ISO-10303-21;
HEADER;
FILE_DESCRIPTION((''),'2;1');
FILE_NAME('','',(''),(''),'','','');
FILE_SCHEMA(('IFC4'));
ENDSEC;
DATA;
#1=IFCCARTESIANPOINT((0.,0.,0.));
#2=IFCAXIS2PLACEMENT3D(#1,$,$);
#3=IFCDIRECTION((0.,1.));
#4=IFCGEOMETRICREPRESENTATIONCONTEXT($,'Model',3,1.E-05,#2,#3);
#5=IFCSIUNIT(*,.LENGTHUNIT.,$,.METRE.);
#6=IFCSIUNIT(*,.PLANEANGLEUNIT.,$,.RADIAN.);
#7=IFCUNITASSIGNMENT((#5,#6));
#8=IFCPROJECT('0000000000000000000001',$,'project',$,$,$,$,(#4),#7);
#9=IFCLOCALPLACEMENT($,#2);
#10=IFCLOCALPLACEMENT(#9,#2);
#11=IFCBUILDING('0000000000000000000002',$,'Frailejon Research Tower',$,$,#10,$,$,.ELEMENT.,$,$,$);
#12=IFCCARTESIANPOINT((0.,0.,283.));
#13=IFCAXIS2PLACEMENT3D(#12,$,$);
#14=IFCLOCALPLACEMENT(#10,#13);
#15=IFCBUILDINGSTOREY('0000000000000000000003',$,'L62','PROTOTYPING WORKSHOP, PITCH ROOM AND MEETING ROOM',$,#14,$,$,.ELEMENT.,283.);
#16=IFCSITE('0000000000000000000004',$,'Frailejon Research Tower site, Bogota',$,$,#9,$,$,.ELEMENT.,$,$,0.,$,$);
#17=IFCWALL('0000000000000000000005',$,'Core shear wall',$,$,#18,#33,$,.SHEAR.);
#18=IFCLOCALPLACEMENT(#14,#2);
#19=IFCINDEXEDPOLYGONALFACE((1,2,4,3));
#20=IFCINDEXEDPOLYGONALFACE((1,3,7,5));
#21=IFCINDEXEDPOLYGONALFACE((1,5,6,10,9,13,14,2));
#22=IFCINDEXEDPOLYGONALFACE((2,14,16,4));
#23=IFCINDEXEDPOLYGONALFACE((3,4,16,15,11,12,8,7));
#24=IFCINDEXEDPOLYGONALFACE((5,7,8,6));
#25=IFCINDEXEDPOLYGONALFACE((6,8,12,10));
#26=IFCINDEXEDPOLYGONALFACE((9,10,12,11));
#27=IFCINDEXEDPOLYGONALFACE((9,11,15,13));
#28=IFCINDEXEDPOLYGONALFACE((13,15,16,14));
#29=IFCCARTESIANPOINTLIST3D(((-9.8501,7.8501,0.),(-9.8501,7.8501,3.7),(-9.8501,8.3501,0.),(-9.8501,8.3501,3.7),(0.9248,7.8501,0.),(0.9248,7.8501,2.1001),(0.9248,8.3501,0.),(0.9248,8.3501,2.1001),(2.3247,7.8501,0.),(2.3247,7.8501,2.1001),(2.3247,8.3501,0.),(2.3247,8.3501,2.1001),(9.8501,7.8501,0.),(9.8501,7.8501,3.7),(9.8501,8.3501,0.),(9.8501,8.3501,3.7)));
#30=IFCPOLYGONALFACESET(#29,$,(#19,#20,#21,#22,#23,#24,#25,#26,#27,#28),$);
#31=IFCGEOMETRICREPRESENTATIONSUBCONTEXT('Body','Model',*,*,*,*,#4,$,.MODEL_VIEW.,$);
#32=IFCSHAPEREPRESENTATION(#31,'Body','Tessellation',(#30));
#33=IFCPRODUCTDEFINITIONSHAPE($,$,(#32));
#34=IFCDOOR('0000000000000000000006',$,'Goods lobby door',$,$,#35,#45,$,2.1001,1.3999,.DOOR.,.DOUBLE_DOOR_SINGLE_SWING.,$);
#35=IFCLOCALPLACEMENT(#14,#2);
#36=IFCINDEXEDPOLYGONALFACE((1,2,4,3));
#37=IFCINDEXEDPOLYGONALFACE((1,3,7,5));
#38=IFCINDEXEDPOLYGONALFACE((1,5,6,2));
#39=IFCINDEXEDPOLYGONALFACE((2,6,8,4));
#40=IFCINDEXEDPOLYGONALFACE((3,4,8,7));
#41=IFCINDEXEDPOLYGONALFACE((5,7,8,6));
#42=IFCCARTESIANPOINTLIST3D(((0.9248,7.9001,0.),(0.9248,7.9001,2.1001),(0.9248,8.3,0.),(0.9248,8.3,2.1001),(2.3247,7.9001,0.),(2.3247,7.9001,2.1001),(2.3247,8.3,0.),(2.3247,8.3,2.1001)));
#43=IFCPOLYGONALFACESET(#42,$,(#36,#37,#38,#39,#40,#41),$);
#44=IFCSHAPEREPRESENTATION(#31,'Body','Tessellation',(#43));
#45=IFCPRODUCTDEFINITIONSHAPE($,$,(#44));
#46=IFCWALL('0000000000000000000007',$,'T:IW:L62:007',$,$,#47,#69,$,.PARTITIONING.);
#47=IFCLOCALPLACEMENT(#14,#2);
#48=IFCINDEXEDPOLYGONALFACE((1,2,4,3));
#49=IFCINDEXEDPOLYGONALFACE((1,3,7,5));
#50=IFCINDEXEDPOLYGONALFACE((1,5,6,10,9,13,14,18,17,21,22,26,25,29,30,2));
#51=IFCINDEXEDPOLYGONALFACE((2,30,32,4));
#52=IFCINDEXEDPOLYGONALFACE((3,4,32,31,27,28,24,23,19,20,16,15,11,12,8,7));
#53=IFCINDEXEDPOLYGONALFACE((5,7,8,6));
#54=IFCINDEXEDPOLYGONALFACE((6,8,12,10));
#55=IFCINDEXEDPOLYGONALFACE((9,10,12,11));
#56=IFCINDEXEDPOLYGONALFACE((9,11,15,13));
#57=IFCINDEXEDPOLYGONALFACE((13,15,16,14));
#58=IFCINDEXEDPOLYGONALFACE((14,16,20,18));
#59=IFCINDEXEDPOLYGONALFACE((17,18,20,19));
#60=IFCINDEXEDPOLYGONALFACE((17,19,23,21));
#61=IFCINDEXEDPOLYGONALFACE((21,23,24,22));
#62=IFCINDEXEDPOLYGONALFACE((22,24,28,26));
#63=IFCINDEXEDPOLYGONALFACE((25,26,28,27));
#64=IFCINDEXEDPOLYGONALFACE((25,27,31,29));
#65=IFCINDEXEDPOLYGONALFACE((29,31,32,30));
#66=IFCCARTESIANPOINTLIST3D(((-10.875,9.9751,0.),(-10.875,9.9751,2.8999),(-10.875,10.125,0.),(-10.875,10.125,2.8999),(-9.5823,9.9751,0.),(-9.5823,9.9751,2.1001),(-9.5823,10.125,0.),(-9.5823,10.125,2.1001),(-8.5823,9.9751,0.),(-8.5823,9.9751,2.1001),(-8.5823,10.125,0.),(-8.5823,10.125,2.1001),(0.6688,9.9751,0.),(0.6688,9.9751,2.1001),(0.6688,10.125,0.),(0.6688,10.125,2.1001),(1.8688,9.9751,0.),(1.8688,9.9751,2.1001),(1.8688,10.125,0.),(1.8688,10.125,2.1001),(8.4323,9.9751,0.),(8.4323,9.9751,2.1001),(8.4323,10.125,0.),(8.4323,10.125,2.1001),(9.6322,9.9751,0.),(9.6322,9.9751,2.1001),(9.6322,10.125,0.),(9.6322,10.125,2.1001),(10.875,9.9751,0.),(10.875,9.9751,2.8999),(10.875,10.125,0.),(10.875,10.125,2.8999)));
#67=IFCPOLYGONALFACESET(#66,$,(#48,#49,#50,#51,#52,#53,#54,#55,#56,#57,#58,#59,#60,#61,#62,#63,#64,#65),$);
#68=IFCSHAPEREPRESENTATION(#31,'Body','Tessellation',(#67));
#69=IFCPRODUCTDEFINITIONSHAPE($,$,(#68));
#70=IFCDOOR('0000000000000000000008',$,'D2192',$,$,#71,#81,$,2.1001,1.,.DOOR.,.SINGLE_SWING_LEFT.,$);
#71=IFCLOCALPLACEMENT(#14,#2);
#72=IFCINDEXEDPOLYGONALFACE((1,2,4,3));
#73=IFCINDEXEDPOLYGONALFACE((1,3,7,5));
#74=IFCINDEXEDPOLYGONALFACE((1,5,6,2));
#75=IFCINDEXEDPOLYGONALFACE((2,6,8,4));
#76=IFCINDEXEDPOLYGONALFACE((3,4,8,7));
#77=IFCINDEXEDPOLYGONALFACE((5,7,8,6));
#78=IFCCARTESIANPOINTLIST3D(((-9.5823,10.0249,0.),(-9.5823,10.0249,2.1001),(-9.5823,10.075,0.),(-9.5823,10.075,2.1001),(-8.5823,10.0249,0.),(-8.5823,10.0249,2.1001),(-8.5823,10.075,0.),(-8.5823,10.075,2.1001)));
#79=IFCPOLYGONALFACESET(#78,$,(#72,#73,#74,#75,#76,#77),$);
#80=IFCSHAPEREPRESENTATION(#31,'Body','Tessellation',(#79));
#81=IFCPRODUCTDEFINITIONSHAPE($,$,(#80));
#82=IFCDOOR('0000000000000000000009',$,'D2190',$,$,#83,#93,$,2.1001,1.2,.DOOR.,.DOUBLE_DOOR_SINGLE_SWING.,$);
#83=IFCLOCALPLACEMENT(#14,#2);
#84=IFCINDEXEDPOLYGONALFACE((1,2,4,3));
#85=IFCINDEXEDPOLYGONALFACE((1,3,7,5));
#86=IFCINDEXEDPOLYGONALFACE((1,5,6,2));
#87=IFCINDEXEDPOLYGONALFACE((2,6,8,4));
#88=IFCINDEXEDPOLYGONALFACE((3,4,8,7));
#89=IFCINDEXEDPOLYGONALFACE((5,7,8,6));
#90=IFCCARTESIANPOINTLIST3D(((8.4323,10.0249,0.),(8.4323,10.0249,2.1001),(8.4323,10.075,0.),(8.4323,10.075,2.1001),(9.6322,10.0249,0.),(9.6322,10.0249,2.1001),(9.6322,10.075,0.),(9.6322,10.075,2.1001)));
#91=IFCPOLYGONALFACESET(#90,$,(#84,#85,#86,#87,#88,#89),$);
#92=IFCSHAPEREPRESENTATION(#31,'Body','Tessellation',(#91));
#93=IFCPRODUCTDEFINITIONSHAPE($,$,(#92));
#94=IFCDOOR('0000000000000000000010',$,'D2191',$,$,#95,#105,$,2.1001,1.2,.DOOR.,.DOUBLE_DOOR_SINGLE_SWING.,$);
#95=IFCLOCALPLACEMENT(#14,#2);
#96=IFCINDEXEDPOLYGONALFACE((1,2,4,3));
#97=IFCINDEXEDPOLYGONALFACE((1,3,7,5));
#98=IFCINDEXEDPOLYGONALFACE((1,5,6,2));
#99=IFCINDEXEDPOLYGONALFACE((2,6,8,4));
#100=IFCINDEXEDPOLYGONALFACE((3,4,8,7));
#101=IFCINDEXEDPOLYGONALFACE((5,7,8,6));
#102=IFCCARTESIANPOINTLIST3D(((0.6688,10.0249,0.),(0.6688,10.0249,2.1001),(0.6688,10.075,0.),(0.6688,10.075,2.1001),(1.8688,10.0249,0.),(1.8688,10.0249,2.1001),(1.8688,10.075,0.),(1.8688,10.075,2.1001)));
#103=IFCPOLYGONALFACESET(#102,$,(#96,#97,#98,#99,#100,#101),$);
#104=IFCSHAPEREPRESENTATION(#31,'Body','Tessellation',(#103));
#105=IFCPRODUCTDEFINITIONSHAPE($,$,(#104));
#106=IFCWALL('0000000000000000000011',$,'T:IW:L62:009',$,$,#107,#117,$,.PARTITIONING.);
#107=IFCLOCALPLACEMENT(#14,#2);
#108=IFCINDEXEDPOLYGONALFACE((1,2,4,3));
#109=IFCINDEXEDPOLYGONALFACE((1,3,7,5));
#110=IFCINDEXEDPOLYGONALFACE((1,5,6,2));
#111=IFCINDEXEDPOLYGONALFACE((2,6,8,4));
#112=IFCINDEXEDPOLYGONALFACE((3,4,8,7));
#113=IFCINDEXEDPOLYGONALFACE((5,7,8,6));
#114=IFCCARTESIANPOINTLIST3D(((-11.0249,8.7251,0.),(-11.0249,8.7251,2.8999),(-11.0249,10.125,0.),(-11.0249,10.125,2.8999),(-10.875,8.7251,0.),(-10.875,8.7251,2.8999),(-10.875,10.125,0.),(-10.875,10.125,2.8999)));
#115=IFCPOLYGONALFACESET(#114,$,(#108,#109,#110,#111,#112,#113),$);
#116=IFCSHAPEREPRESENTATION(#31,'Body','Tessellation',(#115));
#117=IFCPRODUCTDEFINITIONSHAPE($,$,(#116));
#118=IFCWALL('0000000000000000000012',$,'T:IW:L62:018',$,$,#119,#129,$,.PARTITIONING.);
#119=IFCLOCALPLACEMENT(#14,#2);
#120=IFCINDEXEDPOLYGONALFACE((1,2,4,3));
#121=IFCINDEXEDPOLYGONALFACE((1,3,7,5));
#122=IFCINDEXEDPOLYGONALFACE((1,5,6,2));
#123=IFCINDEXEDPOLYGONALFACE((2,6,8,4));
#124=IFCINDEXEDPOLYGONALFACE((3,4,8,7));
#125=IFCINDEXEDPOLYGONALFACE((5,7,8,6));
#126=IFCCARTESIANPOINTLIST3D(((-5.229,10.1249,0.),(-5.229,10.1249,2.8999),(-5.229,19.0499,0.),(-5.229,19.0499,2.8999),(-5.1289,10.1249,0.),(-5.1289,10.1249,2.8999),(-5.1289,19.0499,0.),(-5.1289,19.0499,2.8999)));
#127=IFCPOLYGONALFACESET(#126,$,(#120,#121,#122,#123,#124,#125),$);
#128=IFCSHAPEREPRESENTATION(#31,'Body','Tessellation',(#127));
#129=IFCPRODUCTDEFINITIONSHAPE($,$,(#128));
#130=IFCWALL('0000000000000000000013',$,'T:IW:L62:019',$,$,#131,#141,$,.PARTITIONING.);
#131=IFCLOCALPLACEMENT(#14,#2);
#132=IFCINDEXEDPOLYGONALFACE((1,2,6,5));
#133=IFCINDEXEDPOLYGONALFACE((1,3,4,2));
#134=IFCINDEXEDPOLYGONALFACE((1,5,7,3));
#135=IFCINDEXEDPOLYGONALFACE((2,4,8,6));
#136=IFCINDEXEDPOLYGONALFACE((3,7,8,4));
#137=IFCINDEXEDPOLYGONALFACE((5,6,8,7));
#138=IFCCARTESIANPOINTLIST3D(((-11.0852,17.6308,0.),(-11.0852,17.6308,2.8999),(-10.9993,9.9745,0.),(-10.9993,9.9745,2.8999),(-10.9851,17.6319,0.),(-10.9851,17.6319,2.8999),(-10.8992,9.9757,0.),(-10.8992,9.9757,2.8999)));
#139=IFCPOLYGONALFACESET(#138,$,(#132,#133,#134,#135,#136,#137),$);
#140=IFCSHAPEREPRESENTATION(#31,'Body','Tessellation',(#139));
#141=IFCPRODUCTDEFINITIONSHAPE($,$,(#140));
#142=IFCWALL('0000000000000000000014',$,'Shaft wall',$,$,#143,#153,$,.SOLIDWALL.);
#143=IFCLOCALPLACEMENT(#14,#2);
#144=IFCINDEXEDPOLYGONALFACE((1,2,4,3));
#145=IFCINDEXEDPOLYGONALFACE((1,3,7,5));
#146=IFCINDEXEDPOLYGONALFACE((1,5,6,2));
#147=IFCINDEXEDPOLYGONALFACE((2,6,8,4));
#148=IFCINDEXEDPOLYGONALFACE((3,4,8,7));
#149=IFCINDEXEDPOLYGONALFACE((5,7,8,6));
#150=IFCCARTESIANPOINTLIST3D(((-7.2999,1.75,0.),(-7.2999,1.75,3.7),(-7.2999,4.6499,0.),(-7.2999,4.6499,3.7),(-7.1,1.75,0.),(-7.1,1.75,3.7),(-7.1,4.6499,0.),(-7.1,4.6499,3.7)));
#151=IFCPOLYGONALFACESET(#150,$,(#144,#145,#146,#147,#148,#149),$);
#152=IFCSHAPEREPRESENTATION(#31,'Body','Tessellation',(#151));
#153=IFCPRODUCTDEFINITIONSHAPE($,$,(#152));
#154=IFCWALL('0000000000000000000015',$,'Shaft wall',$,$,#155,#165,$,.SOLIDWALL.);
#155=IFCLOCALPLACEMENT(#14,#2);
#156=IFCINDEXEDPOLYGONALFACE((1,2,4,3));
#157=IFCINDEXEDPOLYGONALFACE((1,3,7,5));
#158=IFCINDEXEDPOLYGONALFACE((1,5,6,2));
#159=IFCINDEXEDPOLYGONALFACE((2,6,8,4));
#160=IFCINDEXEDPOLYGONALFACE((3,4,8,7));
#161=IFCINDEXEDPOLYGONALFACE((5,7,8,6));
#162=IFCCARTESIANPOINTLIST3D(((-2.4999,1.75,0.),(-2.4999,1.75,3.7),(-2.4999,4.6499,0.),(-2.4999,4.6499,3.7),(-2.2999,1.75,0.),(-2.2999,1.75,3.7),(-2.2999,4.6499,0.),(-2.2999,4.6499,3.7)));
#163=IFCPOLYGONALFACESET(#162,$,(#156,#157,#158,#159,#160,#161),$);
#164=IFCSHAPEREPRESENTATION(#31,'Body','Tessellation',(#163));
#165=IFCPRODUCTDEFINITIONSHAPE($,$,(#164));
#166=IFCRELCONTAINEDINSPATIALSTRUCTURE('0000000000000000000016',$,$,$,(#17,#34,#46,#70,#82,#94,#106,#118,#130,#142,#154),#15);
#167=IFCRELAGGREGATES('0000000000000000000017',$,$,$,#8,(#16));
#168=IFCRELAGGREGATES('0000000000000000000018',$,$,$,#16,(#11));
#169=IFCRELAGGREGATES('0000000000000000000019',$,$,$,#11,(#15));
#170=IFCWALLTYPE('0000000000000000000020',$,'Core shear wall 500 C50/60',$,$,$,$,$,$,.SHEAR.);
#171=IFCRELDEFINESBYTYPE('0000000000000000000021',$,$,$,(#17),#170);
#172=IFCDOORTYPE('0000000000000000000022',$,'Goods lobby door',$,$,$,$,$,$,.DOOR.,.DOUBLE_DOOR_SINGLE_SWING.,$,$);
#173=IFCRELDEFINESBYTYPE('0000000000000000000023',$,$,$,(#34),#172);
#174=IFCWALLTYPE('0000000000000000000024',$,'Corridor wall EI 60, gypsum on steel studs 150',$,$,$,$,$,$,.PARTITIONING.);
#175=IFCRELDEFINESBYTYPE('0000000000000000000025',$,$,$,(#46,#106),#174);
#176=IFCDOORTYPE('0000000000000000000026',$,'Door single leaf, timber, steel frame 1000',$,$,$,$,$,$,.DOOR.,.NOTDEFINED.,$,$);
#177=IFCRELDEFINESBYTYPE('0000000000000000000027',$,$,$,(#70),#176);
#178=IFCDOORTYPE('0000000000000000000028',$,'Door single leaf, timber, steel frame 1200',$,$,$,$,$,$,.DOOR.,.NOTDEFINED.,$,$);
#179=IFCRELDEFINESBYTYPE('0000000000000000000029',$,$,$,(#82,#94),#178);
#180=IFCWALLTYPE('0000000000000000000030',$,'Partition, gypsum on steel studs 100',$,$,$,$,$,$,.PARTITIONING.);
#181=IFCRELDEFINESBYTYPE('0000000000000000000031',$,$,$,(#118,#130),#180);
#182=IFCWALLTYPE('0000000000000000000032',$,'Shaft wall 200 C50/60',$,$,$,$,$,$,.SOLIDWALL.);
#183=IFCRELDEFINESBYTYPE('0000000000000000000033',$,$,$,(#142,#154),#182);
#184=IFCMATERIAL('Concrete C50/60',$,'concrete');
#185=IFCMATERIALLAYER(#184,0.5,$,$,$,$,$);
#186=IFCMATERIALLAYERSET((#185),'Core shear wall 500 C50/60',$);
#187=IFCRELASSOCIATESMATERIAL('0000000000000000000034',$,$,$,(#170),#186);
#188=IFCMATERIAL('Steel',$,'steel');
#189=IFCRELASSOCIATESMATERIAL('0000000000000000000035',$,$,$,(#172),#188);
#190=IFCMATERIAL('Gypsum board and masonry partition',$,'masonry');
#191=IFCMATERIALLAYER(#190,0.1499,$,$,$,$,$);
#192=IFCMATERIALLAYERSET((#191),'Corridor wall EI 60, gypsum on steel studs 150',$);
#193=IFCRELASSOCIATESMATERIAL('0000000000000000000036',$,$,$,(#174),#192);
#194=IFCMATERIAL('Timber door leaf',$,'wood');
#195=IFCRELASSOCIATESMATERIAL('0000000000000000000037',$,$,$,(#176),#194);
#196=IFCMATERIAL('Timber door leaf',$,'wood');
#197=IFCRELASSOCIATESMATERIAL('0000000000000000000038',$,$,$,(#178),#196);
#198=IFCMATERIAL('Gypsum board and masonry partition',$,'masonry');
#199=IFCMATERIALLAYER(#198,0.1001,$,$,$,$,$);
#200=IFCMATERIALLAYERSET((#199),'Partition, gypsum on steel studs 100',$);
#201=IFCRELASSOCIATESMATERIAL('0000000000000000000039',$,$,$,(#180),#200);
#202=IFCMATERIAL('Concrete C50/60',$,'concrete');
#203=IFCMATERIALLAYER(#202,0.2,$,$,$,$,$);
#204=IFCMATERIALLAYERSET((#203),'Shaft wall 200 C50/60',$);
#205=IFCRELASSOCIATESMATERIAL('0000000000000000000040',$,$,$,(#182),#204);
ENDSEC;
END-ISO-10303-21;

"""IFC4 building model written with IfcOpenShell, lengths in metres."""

from ifc_helpers import new_model, si_unit, direction, frame, frame_2d, origin, place, context, subcontext, project, spatial, rectangle, extrude, material, layer, layer_set, type_object, element, fill, save


model = new_model("IFC4")

# Units and contexts
model_context = context("Model", 3, precision=1e-05, world=origin(), true_north=direction((0.0, 1.0)))
body_context = subcontext(model_context, "Body", "Model", "MODEL_VIEW")
ifc_project = project(units=[si_unit("LENGTHUNIT", "METRE"), si_unit("PLANEANGLEUNIT", "RADIAN")], contexts=[model_context])

# Site, building, storey
site_placement = place(None, origin())
site = spatial("IfcSite", under=ifc_project, at=site_placement, Name="Frailejon Research Tower site, Bogota", CompositionType="ELEMENT", RefElevation=0.0)
building_placement = place(site_placement, origin())
building = spatial("IfcBuilding", under=site, at=building_placement, Name="Frailejon Research Tower", CompositionType="ELEMENT")
storey_placement = place(building_placement, frame((0.0, 0.0, 283.0)))
storey = spatial("IfcBuildingStorey", under=building, at=storey_placement, Name="L62", Description="PROTOTYPING WORKSHOP, PITCH ROOM AND MEETING ROOM", CompositionType="ELEMENT", Elevation=283.0)

# Wall, opening, door
ifc_material_1 = material(Name="Concrete C50/60", Category="concrete")
ifc_layer_1 = layer(ifc_material_1, 0.5)
ifc_layer_set_1 = layer_set([ifc_layer_1], Name="Core shear wall 500 C50/60")
wall_type_1 = type_object("IfcWallType", Name="Core shear wall 500 C50/60", PredefinedType="SHEAR", material=ifc_layer_set_1)
wall_1_placement = place(storey_placement, frame((-9.8501, 8.1001, 0.0), z_axis=(0.0, 0.0, 1.0), x_axis=(1.0, 0.0, 0.0)))
wall_1 = element("IfcWall", 1, at=wall_1_placement, inside=storey, type_object=wall_type_1, Name="Core shear wall", PredefinedType="SHEAR", context=body_context, shape_type="SweptSolid", body=[
    extrude(rectangle(XDim=19.7002, YDim=0.5, at=frame_2d((9.8501, 0.0))), origin(), (0.0, 0.0, 1.0), 3.7),
])
opening_1_placement = place(wall_1_placement, frame((10.7749, 0.0, 0.0)))
opening_1 = element("IfcOpeningElement", 2, at=opening_1_placement, cuts=wall_1, PredefinedType="OPENING", context=body_context, shape_type="SweptSolid", body=[
    extrude(rectangle(XDim=1.3999, YDim=2.1001, at=frame_2d((0.7, 1.05))), frame((0.0, 0.26, 0.0), z_axis=(0.0, -1.0, 0.0), x_axis=(1.0, 0.0, 0.0)), (0.0, 0.0, 1.0), 0.52),
])
ifc_material_2 = material(Name="Steel", Category="steel")
door_type_1 = type_object("IfcDoorType", Name="Goods lobby door", OperationType="DOUBLE_DOOR_SINGLE_SWING", PredefinedType="DOOR", material=ifc_material_2)
door_1_placement = place(opening_1_placement, origin())
door_1 = element("IfcDoor", 3, at=door_1_placement, inside=storey, type_object=door_type_1, Name="Goods lobby door", OperationType="DOUBLE_DOOR_SINGLE_SWING", OverallHeight=2.1001, OverallWidth=1.3999, PredefinedType="DOOR", context=body_context, shape_type="SweptSolid", body=[
    extrude(rectangle(XDim=1.3999, YDim=2.1001, at=frame_2d((0.7, 1.05))), frame((0.0, 0.2, 0.0), z_axis=(0.0, -1.0, 0.0), x_axis=(1.0, 0.0, 0.0)), (0.0, 0.0, 1.0), 0.3999),
])
fill(opening_1, door_1)

# Wall, openings, doors
ifc_material_3 = material(Name="Gypsum board and masonry partition", Category="masonry")
ifc_layer_2 = layer(ifc_material_3, 0.1499)
ifc_layer_set_2 = layer_set([ifc_layer_2], Name="Corridor wall EI 60, gypsum on steel studs 150")
wall_type_2 = type_object("IfcWallType", Name="Corridor wall EI 60, gypsum on steel studs 150", PredefinedType="PARTITIONING", material=ifc_layer_set_2)
wall_2_placement = place(storey_placement, frame((-10.875, 10.05, 0.0), z_axis=(0.0, 0.0, 1.0), x_axis=(1.0, 0.0, 0.0)))
wall_2 = element("IfcWall", 4, at=wall_2_placement, inside=storey, type_object=wall_type_2, Name="T:IW:L62:007", PredefinedType="PARTITIONING", context=body_context, shape_type="SweptSolid", body=[
    extrude(rectangle(XDim=21.75, YDim=0.1499, at=frame_2d((10.875, 0.0))), origin(), (0.0, 0.0, 1.0), 2.8999),
])
opening_2_placement = place(wall_2_placement, frame((19.3071, 0.0, 0.0)))
opening_2 = element("IfcOpeningElement", 5, at=opening_2_placement, cuts=wall_2, PredefinedType="OPENING", context=body_context, shape_type="SweptSolid", body=[
    extrude(rectangle(XDim=1.2, YDim=2.1001, at=frame_2d((0.6001, 1.05))), frame((0.0, 0.085, 0.0), z_axis=(0.0, -1.0, 0.0), x_axis=(1.0, 0.0, 0.0)), (0.0, 0.0, 1.0), 0.1699),
])
opening_3_placement = place(wall_2_placement, frame((11.5437, 0.0, 0.0)))
opening_3 = element("IfcOpeningElement", 6, at=opening_3_placement, cuts=wall_2, PredefinedType="OPENING", context=body_context, shape_type="SweptSolid", body=[
    extrude(rectangle(XDim=1.2, YDim=2.1001, at=frame_2d((0.6001, 1.05))), frame((0.0, 0.085, 0.0), z_axis=(0.0, -1.0, 0.0), x_axis=(1.0, 0.0, 0.0)), (0.0, 0.0, 1.0), 0.1699),
])
opening_4_placement = place(wall_2_placement, frame((1.2927, 0.0, 0.0)))
opening_4 = element("IfcOpeningElement", 7, at=opening_4_placement, cuts=wall_2, PredefinedType="OPENING", context=body_context, shape_type="SweptSolid", body=[
    extrude(rectangle(XDim=1.0, YDim=2.1001, at=frame_2d((0.5, 1.05))), frame((0.0, 0.085, 0.0), z_axis=(0.0, -1.0, 0.0), x_axis=(1.0, 0.0, 0.0)), (0.0, 0.0, 1.0), 0.1699),
])
ifc_material_4 = material(Name="Timber door leaf", Category="wood")
door_type_2 = type_object("IfcDoorType", Name="Door single leaf, timber, steel frame 1000", OperationType="NOTDEFINED", PredefinedType="DOOR", material=ifc_material_4)
door_2_placement = place(opening_4_placement, origin())
door_2 = element("IfcDoor", 8, at=door_2_placement, inside=storey, type_object=door_type_2, Name="D2192", OperationType="SINGLE_SWING_LEFT", OverallHeight=2.1001, OverallWidth=1.0, PredefinedType="DOOR", context=body_context, shape_type="SweptSolid", body=[
    extrude(rectangle(XDim=1.0, YDim=2.1001, at=frame_2d((0.5, 1.05))), frame((0.0, 0.0249, 0.0), z_axis=(0.0, -1.0, 0.0), x_axis=(1.0, 0.0, 0.0)), (0.0, 0.0, 1.0), 0.05),
])
fill(opening_4, door_2)
ifc_material_5 = material(Name="Timber door leaf", Category="wood")
door_type_3 = type_object("IfcDoorType", Name="Door single leaf, timber, steel frame 1200", OperationType="NOTDEFINED", PredefinedType="DOOR", material=ifc_material_5)
door_3_placement = place(opening_2_placement, origin())
door_3 = element("IfcDoor", 9, at=door_3_placement, inside=storey, type_object=door_type_3, Name="D2190", OperationType="DOUBLE_DOOR_SINGLE_SWING", OverallHeight=2.1001, OverallWidth=1.2, PredefinedType="DOOR", context=body_context, shape_type="SweptSolid", body=[
    extrude(rectangle(XDim=1.2, YDim=2.1001, at=frame_2d((0.6001, 1.05))), frame((0.0, 0.0249, 0.0), z_axis=(0.0, -1.0, 0.0), x_axis=(1.0, 0.0, 0.0)), (0.0, 0.0, 1.0), 0.05),
])
fill(opening_2, door_3)
door_4_placement = place(opening_3_placement, origin())
door_4 = element("IfcDoor", 10, at=door_4_placement, inside=storey, type_object=door_type_3, Name="D2191", OperationType="DOUBLE_DOOR_SINGLE_SWING", OverallHeight=2.1001, OverallWidth=1.2, PredefinedType="DOOR", context=body_context, shape_type="SweptSolid", body=[
    extrude(rectangle(XDim=1.2, YDim=2.1001, at=frame_2d((0.6001, 1.05))), frame((0.0, 0.0249, 0.0), z_axis=(0.0, -1.0, 0.0), x_axis=(1.0, 0.0, 0.0)), (0.0, 0.0, 1.0), 0.05),
])
fill(opening_3, door_4)

# Walls
wall_3_placement = place(storey_placement, frame((-10.95, 8.7251, 0.0), z_axis=(0.0, 0.0, 1.0), x_axis=(0.0, 1.0, 0.0)))
element("IfcWall", 11, at=wall_3_placement, inside=storey, type_object=wall_type_2, Name="T:IW:L62:009", PredefinedType="PARTITIONING", context=body_context, shape_type="SweptSolid", body=[
    extrude(rectangle(XDim=1.3999, YDim=0.1499, at=frame_2d((0.7, 0.0))), origin(), (0.0, 0.0, 1.0), 2.8999),
])
ifc_material_6 = material(Name="Gypsum board and masonry partition", Category="masonry")
ifc_layer_3 = layer(ifc_material_6, 0.1001)
ifc_layer_set_3 = layer_set([ifc_layer_3], Name="Partition, gypsum on steel studs 100")
wall_type_3 = type_object("IfcWallType", Name="Partition, gypsum on steel studs 100", PredefinedType="PARTITIONING", material=ifc_layer_set_3)
wall_4_placement = place(storey_placement, frame((-5.179, 10.125, 0.0), z_axis=(0.0, 0.0, 1.0), x_axis=(0.0, 1.0, 0.0)))
element("IfcWall", 12, at=wall_4_placement, inside=storey, type_object=wall_type_3, Name="T:IW:L62:018", PredefinedType="PARTITIONING", context=body_context, shape_type="SweptSolid", body=[
    extrude(rectangle(XDim=8.925, YDim=0.1001, at=frame_2d((4.4624, 0.0))), origin(), (0.0, 0.0, 1.0), 2.8999),
])
wall_5_placement = place(storey_placement, frame((-11.0352, 17.6313, 0.0), z_axis=(0.0, 0.0, 1.0), x_axis=(0.011224, -0.999937, 0.0)))
element("IfcWall", 13, at=wall_5_placement, inside=storey, type_object=wall_type_3, Name="T:IW:L62:019", PredefinedType="PARTITIONING", context=body_context, shape_type="SweptSolid", body=[
    extrude(rectangle(XDim=7.6567, YDim=0.1001, at=frame_2d((3.8284, 0.0))), origin(), (0.0, 0.0, 1.0), 2.8999),
])
ifc_material_7 = material(Name="Concrete C50/60", Category="concrete")
ifc_layer_4 = layer(ifc_material_7, 0.2)
ifc_layer_set_4 = layer_set([ifc_layer_4], Name="Shaft wall 200 C50/60")
wall_type_4 = type_object("IfcWallType", Name="Shaft wall 200 C50/60", PredefinedType="SOLIDWALL", material=ifc_layer_set_4)
for number, where, z_axis, x_axis, name in (
    (14, (-7.2, 1.75, 0.0), (0.0, 0.0, 1.0), (0.0, 1.0, 0.0), "Shaft wall"),
    (15, (-2.3999, 1.75, 0.0), (0.0, 0.0, 1.0), (0.0, 1.0, 0.0), "Shaft wall"),
):
    element("IfcWall", number, at=place(storey_placement, frame(where, z_axis=z_axis, x_axis=x_axis)), inside=storey, type_object=wall_type_4, Name=name, PredefinedType="SOLIDWALL", context=body_context, shape_type="SweptSolid", body=[
        extrude(rectangle(XDim=2.8999, YDim=0.2, at=frame_2d((1.45, 0.0))), origin(), (0.0, 0.0, 1.0), 3.7),
    ])

save(model, "model.ifc")
